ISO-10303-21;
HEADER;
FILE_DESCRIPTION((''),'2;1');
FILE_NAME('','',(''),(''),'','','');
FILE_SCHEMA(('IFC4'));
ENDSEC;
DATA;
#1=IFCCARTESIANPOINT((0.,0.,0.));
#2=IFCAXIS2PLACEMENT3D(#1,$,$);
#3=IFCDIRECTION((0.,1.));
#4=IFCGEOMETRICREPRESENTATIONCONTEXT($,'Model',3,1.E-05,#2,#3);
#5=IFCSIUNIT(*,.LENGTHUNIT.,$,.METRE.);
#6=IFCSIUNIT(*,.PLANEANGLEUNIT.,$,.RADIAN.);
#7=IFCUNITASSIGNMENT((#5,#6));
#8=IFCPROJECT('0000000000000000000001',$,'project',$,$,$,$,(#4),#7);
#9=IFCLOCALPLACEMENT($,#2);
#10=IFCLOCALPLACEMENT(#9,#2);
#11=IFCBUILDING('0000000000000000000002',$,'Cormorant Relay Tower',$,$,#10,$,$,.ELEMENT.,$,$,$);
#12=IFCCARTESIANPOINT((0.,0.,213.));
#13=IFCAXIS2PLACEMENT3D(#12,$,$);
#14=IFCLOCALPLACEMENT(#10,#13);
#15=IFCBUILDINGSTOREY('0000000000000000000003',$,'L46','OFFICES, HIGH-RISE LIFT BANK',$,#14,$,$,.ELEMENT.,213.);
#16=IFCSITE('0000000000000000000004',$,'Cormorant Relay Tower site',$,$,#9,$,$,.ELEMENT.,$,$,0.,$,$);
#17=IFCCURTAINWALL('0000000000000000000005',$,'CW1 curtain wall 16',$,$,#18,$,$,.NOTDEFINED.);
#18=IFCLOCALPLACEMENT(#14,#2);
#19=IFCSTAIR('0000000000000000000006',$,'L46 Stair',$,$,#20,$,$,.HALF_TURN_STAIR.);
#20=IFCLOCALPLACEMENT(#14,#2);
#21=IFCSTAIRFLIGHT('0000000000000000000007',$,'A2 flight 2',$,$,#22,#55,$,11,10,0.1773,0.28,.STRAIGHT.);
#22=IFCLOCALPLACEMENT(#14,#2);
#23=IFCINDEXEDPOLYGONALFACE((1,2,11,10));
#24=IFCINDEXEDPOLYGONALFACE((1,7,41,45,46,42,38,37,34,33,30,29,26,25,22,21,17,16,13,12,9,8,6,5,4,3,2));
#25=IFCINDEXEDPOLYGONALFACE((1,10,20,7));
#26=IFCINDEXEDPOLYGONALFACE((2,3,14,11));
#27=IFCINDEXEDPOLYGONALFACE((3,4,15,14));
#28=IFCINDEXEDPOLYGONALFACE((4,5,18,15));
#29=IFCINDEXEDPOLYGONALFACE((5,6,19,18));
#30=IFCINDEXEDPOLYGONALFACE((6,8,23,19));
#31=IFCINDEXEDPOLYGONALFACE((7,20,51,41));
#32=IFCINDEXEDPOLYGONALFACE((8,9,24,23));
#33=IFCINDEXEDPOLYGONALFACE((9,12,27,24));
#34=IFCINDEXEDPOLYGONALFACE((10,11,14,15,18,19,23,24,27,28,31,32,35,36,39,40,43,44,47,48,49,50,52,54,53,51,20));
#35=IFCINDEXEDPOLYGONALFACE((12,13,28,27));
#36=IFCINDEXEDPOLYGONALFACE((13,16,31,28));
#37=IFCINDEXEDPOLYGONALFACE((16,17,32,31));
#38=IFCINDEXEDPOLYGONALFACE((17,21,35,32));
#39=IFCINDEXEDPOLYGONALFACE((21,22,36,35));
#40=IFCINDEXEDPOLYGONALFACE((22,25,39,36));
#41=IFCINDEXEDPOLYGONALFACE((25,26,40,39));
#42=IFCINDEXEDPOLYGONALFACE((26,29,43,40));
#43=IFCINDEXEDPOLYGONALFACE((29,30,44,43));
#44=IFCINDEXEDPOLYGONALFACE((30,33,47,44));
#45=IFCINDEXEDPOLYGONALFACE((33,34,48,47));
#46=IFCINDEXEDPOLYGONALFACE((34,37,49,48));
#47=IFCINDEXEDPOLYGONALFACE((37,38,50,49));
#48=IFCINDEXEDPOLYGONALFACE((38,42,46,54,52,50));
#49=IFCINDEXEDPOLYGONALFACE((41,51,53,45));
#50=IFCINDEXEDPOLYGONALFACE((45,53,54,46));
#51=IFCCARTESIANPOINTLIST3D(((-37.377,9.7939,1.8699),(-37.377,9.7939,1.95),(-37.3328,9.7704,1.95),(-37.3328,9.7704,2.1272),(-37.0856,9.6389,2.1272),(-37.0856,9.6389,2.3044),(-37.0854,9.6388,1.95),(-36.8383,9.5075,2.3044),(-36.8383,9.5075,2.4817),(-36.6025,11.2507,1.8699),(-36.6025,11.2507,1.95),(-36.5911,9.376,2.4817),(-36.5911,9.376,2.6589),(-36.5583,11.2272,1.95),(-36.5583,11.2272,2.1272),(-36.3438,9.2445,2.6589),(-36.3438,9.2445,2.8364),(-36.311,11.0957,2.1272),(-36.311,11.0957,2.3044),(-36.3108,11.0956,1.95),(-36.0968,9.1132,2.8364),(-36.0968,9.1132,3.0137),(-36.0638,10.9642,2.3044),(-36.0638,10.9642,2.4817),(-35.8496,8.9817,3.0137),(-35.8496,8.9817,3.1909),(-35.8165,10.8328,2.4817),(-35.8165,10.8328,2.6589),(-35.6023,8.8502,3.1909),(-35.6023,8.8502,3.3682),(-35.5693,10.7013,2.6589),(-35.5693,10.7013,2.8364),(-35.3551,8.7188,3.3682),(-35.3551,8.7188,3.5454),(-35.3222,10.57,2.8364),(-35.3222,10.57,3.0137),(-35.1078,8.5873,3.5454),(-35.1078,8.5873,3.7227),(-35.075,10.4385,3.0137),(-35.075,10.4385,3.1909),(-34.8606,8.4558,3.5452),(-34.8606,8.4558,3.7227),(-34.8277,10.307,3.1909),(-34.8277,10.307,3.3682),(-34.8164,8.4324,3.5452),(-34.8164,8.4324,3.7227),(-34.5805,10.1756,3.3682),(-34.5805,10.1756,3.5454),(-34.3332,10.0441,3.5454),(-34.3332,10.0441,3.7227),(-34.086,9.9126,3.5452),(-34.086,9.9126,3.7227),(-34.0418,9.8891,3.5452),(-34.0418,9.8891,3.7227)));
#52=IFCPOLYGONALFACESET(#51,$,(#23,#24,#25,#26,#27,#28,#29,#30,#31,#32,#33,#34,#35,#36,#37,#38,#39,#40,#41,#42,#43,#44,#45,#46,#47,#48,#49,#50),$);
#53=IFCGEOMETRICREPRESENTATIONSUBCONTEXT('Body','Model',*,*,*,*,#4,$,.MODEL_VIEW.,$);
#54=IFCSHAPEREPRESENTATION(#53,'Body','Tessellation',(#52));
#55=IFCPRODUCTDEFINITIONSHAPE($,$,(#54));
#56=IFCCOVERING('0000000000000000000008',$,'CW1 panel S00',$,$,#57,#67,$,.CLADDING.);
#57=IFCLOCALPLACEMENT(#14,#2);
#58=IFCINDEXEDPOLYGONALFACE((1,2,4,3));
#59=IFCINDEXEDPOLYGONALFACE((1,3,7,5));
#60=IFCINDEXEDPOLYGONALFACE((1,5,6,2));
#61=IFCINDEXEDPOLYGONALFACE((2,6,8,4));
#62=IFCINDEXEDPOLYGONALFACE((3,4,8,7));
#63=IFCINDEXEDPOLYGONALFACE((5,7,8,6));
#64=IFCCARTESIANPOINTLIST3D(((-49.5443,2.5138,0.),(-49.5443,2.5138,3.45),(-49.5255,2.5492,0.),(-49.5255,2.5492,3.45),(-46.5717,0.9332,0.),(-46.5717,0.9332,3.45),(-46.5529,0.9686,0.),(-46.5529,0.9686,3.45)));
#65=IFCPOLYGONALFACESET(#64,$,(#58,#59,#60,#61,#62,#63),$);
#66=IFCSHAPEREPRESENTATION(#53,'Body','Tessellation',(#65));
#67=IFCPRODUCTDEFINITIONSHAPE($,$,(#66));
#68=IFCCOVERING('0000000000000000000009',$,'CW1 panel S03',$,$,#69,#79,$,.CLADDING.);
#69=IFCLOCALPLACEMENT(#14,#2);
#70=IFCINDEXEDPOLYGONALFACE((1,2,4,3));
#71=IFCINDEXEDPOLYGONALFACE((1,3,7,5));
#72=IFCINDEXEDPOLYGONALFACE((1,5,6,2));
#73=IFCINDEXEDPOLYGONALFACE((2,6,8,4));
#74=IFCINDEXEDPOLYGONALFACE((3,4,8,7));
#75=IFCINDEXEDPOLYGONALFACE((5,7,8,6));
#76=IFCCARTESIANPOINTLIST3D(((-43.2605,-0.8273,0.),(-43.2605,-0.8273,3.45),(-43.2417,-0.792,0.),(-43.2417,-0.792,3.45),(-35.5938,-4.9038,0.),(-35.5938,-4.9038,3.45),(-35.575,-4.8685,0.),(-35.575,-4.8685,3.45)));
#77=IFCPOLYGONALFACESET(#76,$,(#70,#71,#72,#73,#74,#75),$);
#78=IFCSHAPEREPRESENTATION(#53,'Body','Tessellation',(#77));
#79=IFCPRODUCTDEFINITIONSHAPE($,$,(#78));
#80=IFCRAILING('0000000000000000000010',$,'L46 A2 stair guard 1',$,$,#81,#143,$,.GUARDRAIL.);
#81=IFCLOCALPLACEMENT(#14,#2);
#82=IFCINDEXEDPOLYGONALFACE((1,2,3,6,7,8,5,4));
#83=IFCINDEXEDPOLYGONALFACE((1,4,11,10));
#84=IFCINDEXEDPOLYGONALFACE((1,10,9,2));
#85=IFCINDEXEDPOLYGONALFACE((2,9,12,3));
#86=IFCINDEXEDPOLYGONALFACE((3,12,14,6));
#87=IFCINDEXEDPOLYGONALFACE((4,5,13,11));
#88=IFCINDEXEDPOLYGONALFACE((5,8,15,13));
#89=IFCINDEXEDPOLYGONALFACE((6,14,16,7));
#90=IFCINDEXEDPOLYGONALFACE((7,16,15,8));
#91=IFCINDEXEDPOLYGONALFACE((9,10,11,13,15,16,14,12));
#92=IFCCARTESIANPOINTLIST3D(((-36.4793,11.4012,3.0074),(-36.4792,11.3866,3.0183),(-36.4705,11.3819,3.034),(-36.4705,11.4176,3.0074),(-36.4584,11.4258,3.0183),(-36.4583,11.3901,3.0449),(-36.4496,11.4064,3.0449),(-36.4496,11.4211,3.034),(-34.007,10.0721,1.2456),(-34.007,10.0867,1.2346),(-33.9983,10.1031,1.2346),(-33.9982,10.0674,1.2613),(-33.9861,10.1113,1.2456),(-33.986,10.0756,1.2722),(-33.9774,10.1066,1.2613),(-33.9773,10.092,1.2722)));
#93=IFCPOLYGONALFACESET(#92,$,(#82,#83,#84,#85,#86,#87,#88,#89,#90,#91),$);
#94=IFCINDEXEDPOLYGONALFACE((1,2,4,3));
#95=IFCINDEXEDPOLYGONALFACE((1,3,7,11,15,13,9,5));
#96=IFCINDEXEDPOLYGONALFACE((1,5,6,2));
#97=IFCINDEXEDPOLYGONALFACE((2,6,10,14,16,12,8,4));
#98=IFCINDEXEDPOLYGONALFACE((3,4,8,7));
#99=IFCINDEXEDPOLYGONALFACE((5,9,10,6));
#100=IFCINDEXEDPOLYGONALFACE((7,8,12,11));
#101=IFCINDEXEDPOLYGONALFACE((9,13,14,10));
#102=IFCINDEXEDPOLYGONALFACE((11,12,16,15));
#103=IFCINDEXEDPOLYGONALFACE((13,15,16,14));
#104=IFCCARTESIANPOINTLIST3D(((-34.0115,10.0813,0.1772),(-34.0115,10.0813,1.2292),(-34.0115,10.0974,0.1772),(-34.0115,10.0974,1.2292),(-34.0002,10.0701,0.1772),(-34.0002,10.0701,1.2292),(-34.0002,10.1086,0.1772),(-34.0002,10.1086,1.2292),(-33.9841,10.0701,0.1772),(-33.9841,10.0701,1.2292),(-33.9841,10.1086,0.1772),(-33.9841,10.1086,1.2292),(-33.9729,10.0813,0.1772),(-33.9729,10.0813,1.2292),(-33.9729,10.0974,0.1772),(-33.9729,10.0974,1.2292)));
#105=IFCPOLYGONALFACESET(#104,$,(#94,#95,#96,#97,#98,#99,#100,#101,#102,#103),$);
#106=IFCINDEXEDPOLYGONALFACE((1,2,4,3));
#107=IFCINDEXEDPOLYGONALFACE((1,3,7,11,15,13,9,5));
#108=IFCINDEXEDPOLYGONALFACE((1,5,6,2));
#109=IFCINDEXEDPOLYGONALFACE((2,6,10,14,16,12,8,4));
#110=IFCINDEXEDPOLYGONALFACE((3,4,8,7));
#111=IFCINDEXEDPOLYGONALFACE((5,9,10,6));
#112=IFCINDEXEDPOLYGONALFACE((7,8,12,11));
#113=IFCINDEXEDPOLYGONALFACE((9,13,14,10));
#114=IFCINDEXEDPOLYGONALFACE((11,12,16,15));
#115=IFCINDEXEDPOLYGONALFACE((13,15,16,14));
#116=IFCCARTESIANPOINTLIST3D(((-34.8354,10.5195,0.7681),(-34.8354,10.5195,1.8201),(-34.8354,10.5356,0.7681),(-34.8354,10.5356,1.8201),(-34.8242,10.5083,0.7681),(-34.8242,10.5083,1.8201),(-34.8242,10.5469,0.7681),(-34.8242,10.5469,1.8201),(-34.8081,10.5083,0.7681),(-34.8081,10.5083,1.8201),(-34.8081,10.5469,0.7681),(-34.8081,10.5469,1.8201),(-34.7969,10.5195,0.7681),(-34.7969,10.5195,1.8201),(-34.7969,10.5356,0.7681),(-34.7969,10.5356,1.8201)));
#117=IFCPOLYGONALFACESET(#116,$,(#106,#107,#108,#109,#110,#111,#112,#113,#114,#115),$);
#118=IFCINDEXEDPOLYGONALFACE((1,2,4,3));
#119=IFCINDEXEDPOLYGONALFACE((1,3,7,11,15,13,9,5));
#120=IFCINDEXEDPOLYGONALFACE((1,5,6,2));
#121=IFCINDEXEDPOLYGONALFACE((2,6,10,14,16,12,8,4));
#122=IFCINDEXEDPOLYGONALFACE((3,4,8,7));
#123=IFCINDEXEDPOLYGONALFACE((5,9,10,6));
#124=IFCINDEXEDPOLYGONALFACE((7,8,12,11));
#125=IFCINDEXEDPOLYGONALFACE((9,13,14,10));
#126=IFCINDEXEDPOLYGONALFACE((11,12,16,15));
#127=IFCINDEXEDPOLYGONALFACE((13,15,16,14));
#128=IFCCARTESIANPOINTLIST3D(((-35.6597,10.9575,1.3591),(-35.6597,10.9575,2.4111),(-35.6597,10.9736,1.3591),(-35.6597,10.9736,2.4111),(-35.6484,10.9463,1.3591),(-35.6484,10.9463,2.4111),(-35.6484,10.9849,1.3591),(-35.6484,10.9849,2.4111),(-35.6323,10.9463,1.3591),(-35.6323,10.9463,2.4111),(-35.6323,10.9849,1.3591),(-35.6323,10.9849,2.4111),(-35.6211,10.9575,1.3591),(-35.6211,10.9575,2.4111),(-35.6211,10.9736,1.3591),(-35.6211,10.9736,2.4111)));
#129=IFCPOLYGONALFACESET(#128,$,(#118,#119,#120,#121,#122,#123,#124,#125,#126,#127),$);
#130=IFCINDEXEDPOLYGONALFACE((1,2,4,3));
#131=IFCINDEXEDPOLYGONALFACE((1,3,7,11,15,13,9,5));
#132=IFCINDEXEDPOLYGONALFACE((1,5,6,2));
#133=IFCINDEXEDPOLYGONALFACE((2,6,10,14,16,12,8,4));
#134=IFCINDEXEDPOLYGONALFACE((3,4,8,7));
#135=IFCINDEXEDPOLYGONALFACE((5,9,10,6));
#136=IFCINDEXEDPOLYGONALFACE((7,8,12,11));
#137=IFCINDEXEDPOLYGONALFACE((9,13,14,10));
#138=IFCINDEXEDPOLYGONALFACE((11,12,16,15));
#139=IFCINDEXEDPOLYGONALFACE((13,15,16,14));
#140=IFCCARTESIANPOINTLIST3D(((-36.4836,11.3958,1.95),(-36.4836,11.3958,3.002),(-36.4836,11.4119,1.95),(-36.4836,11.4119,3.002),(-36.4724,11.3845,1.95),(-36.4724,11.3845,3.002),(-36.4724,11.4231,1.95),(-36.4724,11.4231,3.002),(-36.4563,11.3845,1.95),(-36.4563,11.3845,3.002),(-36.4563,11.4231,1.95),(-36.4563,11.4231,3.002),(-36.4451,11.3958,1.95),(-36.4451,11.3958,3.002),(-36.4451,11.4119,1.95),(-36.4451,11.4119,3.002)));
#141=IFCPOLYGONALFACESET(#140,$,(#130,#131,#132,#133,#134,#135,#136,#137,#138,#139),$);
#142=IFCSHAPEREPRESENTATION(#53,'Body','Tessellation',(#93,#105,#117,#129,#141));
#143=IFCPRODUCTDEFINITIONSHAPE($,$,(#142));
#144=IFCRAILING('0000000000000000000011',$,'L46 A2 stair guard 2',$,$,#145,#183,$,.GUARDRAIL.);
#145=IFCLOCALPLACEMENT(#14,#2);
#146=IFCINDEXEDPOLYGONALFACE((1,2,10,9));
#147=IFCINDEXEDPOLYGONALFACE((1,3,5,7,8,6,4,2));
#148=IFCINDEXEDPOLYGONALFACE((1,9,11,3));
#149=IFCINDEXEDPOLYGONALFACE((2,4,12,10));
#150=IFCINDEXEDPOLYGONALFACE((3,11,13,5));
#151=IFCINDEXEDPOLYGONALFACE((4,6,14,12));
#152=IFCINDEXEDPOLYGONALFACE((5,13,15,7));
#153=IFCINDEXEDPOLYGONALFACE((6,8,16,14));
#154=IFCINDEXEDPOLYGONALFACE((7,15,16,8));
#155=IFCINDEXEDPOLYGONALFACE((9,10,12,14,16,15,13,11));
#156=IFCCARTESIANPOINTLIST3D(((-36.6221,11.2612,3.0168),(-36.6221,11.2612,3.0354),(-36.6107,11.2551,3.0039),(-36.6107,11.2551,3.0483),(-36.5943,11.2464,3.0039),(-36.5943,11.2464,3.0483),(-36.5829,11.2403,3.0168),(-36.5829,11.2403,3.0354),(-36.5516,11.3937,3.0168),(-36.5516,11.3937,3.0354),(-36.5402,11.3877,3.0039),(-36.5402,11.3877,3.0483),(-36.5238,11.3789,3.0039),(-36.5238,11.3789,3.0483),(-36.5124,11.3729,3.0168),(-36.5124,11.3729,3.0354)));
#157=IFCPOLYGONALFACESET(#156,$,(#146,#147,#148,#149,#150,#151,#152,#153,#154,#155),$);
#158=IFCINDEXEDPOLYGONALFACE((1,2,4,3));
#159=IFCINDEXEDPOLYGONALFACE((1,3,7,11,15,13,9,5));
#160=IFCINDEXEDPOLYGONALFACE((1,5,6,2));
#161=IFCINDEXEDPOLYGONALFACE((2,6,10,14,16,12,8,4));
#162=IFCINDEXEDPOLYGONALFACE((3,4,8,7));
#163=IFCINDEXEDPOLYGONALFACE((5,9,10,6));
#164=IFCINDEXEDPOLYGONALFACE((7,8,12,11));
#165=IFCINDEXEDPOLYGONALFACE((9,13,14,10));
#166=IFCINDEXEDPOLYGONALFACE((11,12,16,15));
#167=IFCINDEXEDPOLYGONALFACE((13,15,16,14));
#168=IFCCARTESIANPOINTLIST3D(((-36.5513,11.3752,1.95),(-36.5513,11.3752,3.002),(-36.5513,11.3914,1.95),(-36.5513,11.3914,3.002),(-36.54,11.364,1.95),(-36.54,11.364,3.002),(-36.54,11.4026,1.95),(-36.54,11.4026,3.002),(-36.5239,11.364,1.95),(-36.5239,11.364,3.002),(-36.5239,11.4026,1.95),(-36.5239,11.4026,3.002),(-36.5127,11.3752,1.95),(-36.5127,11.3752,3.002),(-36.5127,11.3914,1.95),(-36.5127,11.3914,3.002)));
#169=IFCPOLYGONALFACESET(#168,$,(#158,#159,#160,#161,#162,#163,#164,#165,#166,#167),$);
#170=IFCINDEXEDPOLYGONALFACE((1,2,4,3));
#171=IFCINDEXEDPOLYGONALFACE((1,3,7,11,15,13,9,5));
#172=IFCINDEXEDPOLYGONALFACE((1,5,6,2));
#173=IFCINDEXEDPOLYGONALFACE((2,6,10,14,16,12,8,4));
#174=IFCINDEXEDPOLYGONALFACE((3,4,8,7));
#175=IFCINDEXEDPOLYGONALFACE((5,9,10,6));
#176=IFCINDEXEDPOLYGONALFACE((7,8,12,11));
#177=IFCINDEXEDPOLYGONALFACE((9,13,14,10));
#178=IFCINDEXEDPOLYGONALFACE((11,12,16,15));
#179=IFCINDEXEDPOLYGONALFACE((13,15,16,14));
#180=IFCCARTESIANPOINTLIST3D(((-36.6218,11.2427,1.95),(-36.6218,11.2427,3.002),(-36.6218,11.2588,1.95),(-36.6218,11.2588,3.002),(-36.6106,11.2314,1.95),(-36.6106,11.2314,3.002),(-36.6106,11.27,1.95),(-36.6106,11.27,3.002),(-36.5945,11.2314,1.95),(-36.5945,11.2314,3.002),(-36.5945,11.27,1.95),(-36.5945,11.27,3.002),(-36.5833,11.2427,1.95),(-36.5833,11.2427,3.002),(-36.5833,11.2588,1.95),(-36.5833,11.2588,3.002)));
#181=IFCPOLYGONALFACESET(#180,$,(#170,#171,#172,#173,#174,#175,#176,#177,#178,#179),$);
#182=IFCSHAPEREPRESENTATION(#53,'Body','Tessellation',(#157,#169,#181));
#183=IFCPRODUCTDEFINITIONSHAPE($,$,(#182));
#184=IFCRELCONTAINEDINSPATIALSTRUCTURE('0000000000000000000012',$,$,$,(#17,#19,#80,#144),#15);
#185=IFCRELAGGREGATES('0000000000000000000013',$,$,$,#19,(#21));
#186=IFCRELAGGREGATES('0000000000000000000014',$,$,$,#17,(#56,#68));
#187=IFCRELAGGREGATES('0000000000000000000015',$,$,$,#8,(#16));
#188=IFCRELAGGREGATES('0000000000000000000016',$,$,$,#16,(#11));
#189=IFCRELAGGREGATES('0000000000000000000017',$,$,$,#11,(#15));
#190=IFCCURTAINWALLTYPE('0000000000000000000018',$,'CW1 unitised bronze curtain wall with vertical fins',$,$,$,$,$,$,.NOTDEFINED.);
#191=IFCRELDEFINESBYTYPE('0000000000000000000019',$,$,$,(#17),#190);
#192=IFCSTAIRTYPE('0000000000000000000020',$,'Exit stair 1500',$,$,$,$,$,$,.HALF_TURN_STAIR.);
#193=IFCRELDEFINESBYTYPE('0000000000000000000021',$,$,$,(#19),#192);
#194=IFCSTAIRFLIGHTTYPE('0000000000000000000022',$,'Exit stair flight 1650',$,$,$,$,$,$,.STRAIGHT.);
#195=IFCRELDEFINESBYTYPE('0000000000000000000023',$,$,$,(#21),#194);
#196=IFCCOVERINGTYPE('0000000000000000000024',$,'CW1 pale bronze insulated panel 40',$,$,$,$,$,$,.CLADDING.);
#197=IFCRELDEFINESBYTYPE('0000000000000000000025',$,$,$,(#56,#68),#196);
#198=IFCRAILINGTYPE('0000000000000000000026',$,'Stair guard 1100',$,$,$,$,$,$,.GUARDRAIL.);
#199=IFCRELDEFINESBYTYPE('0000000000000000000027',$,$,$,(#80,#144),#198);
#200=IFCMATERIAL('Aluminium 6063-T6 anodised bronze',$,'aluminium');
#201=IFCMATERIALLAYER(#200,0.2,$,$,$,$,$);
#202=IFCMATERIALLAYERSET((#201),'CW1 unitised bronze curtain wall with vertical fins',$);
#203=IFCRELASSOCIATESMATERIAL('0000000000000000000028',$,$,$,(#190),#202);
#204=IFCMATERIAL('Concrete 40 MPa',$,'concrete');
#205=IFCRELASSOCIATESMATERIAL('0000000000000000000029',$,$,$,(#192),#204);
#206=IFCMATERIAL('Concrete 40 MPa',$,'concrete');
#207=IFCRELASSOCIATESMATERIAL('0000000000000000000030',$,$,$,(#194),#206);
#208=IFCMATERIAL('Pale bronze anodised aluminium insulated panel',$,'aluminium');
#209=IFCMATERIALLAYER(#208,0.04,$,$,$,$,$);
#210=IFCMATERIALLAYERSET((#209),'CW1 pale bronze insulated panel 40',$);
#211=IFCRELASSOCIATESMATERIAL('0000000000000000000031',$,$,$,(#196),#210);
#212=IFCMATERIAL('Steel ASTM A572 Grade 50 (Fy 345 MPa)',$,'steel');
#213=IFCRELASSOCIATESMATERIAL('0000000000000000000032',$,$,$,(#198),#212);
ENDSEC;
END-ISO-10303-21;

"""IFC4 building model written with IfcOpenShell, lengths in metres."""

from ifc_helpers import new_model, si_unit, direction, frame, origin, origin_2d, place, context, subcontext, project, spatial, polyline, rectangle, outline, extrude, material, layer, layer_set, type_object, element, aggregate, save


model = new_model("IFC4")

# Units and contexts
model_context = context("Model", 3, precision=1e-05, world=origin(), true_north=direction((0.0, 1.0)))
body_context = subcontext(model_context, "Body", "Model", "MODEL_VIEW")
ifc_project = project(units=[si_unit("LENGTHUNIT", "METRE"), si_unit("PLANEANGLEUNIT", "RADIAN")], contexts=[model_context])

# Site, building, storey
site_placement = place(None, origin())
site = spatial("IfcSite", under=ifc_project, at=site_placement, Name="Cormorant Relay Tower site", CompositionType="ELEMENT", RefElevation=0.0)
building_placement = place(site_placement, origin())
building = spatial("IfcBuilding", under=site, at=building_placement, Name="Cormorant Relay Tower", CompositionType="ELEMENT")
storey_placement = place(building_placement, frame((0.0, 0.0, 213.0)))
storey = spatial("IfcBuildingStorey", under=building, at=storey_placement, Name="L46", Description="OFFICES, HIGH-RISE LIFT BANK", CompositionType="ELEMENT", Elevation=213.0)

# Curtain wall
ifc_material_1 = material(Name="Aluminium 6063-T6 anodised bronze", Category="aluminium")
ifc_layer_1 = layer(ifc_material_1, 0.2)
ifc_layer_set_1 = layer_set([ifc_layer_1], Name="CW1 unitised bronze curtain wall with vertical fins")
curtain_wall_type = type_object("IfcCurtainWallType", Name="CW1 unitised bronze curtain wall with vertical fins", PredefinedType="NOTDEFINED", material=ifc_layer_set_1)
curtain_wall_placement = place(storey_placement, origin())
curtain_wall = element("IfcCurtainWall", 1, at=curtain_wall_placement, inside=storey, type_object=curtain_wall_type, Name="CW1 curtain wall 16", PredefinedType="NOTDEFINED")

# Stair, stair flight
ifc_material_2 = material(Name="Concrete 40 MPa", Category="concrete")
stair_type = type_object("IfcStairType", Name="Exit stair 1500", PredefinedType="HALF_TURN_STAIR", material=ifc_material_2)
stair_placement = place(storey_placement, origin())
stair = element("IfcStair", 2, at=stair_placement, inside=storey, type_object=stair_type, Name="L46 Stair", PredefinedType="HALF_TURN_STAIR")
ifc_material_3 = material(Name="Concrete 40 MPa", Category="concrete")
stair_flight_type = type_object("IfcStairFlightType", Name="Exit stair flight 1650", PredefinedType="STRAIGHT", material=ifc_material_3)
stair_flight_1_placement = place(storey_placement, frame((-36.9456, 10.4988, 1.95), z_axis=(0.0, 0.0, 1.0), x_axis=(0.882948, -0.469472, 0.0)))
stair_flight_1 = element("IfcStairFlight", 3, at=stair_flight_1_placement, type_object=stair_flight_type, Name="A2 flight 2", NumberOfRisers=11, NumberOfTreads=10, PredefinedType="STRAIGHT", RiserHeight=0.1773, TreadLength=0.28, context=body_context, shape_type="SweptSolid", body=[
    extrude(outline(polyline([(-0.05, -0.0801), (-0.05, 0.0), (0.0, 0.0), (0.0, 0.1772), (0.28, 0.1772), (0.28, 0.3545), (0.5601, 0.3545), (0.5601, 0.5317), (0.8401, 0.5317), (0.8401, 0.709), (1.1201, 0.709), (1.1201, 0.8865), (1.3999, 0.8865), (1.3999, 1.0637), (1.6799, 1.0637), (1.6799, 1.241), (1.96, 1.241), (1.96, 1.4182), (2.24, 1.4182), (2.24, 1.5955), (2.52, 1.5955), (2.52, 1.7727), (2.8, 1.7727), (2.8501, 1.7727), (2.8501, 1.5952), (2.8, 1.5952), (0.2803, 0.0), (-0.05, -0.0801)])), frame((0.0, 0.825, 0.0), z_axis=(0.0, -1.0, 0.0), x_axis=(1.0, 0.0, 0.0)), (0.0, 0.0, 1.0), 1.6499),
])
aggregate(stair, [stair_flight_1])

# Coverings
ifc_material_4 = material(Name="Pale bronze anodised aluminium insulated panel", Category="aluminium")
ifc_layer_2 = layer(ifc_material_4, 0.04)
ifc_layer_set_2 = layer_set([ifc_layer_2], Name="CW1 pale bronze insulated panel 40")
covering_type = type_object("IfcCoveringType", Name="CW1 pale bronze insulated panel 40", PredefinedType="CLADDING", material=ifc_layer_set_2)
covering_1_placement = place(storey_placement, frame((-48.0486, 1.7412, 0.0), z_axis=(0.0, 0.0, 1.0), x_axis=(0.882948, -0.469472, 0.0)))
covering_1 = element("IfcCovering", 4, at=covering_1_placement, type_object=covering_type, Name="CW1 panel S00", PredefinedType="CLADDING", context=body_context, shape_type="SweptSolid", body=[
    extrude(rectangle(XDim=3.3667, YDim=0.04, at=origin_2d()), origin(), (0.0, 0.0, 1.0), 3.45),
])
covering_2_placement = place(storey_placement, frame((-39.4177, -2.8479, 0.0), z_axis=(0.0, 0.0, 1.0), x_axis=(0.882948, -0.469472, 0.0)))
covering_2 = element("IfcCovering", 5, at=covering_2_placement, type_object=covering_type, Name="CW1 panel S03", PredefinedType="CLADDING", context=body_context, shape_type="SweptSolid", body=[
    extrude(rectangle(XDim=8.6831, YDim=0.04, at=origin_2d()), origin(), (0.0, 0.0, 1.0), 3.45),
])
aggregate(curtain_wall, [covering_1, covering_2])

# Railings
ifc_material_5 = material(Name="Steel ASTM A572 Grade 50 (Fy 345 MPa)", Category="steel")
railing_type_1 = type_object("IfcRailingType", Name="Stair guard 1100", PredefinedType="GUARDRAIL", material=ifc_material_5)
railing_1_placement = place(storey_placement, frame((-33.9922, 10.0894, 0.1772)))
element("IfcRailing", 6, at=railing_1_placement, inside=storey, type_object=railing_type_1, Name="L46 A2 stair guard 1", PredefinedType="GUARDRAIL", context=body_context, shape_type="SweptSolid", body=[
    extrude(outline(polyline([(0.0222, 0.0093), (0.0093, 0.0222), (-0.0093, 0.0222), (-0.0222, 0.0093), (-0.0222, -0.0093), (-0.0093, -0.0222), (0.0093, -0.0222), (0.0222, -0.0093), (0.0222, 0.0093)])), frame((0.0, 0.0, 1.0762), z_axis=(-0.746001, 0.396649, 0.534931), x_axis=(-0.469465, -0.882951, 0.0)), (0.0, 0.0, 1.0), 3.314),
    extrude(outline(polyline([(0.0193, 0.0081), (0.0081, 0.0193), (-0.0081, 0.0193), (-0.0193, 0.0081), (-0.0193, -0.0081), (-0.0081, -0.0193), (0.0081, -0.0193), (0.0193, -0.0081), (0.0193, 0.0081)])), origin(), (0.0, 0.0, 1.0), 1.052),
    extrude(outline(polyline([(0.0193, 0.0081), (0.0081, 0.0193), (-0.0081, 0.0193), (-0.0193, 0.0081), (-0.0193, -0.0081), (-0.0081, -0.0193), (0.0081, -0.0193), (0.0193, -0.0081), (0.0193, 0.0081)])), frame((-0.824, 0.4382, 0.5908)), (0.0, 0.0, 1.0), 1.052),
    extrude(outline(polyline([(0.0193, 0.0081), (0.0081, 0.0193), (-0.0081, 0.0193), (-0.0193, 0.0081), (-0.0193, -0.0081), (-0.0081, -0.0193), (0.0081, -0.0193), (0.0193, -0.0081), (0.0193, 0.0081)])), frame((-1.6482, 0.8762, 1.1819)), (0.0, 0.0, 1.0), 1.052),
    extrude(outline(polyline([(0.0193, 0.0081), (0.0081, 0.0193), (-0.0081, 0.0193), (-0.0193, 0.0081), (-0.0193, -0.0081), (-0.0081, -0.0193), (0.0081, -0.0193), (0.0193, -0.0081), (0.0193, 0.0081)])), frame((-2.4722, 1.3145, 1.7727)), (0.0, 0.0, 1.0), 1.052),
])
railing_2_placement = place(storey_placement, frame((-36.532, 11.3833, 1.95)))
element("IfcRailing", 7, at=railing_2_placement, inside=storey, type_object=railing_type_1, Name="L46 A2 stair guard 2", PredefinedType="GUARDRAIL", context=body_context, shape_type="SweptSolid", body=[
    extrude(outline(polyline([(0.0222, 0.0093), (0.0093, 0.0222), (-0.0093, 0.0222), (-0.0222, 0.0093), (-0.0222, -0.0093), (-0.0093, -0.0222), (0.0093, -0.0222), (0.0222, -0.0093), (0.0222, 0.0093)])), frame((0.0, 0.0, 1.0762), z_axis=(-0.469829, -0.882758, 0.0), x_axis=(0.882758, -0.469829, 0.0)), (0.0, 0.0, 1.0), 0.1501),
    extrude(outline(polyline([(0.0193, 0.0081), (0.0081, 0.0193), (-0.0081, 0.0193), (-0.0193, 0.0081), (-0.0193, -0.0081), (-0.0081, -0.0193), (0.0081, -0.0193), (0.0193, -0.0081), (0.0193, 0.0081)])), origin(), (0.0, 0.0, 1.0), 1.052),
    extrude(outline(polyline([(0.0193, 0.0081), (0.0081, 0.0193), (-0.0081, 0.0193), (-0.0193, 0.0081), (-0.0193, -0.0081), (-0.0081, -0.0193), (0.0081, -0.0193), (0.0193, -0.0081), (0.0193, 0.0081)])), frame((-0.0706, -0.1326, 0.0)), (0.0, 0.0, 1.0), 1.052),
])

save(model, "model.ifc")
